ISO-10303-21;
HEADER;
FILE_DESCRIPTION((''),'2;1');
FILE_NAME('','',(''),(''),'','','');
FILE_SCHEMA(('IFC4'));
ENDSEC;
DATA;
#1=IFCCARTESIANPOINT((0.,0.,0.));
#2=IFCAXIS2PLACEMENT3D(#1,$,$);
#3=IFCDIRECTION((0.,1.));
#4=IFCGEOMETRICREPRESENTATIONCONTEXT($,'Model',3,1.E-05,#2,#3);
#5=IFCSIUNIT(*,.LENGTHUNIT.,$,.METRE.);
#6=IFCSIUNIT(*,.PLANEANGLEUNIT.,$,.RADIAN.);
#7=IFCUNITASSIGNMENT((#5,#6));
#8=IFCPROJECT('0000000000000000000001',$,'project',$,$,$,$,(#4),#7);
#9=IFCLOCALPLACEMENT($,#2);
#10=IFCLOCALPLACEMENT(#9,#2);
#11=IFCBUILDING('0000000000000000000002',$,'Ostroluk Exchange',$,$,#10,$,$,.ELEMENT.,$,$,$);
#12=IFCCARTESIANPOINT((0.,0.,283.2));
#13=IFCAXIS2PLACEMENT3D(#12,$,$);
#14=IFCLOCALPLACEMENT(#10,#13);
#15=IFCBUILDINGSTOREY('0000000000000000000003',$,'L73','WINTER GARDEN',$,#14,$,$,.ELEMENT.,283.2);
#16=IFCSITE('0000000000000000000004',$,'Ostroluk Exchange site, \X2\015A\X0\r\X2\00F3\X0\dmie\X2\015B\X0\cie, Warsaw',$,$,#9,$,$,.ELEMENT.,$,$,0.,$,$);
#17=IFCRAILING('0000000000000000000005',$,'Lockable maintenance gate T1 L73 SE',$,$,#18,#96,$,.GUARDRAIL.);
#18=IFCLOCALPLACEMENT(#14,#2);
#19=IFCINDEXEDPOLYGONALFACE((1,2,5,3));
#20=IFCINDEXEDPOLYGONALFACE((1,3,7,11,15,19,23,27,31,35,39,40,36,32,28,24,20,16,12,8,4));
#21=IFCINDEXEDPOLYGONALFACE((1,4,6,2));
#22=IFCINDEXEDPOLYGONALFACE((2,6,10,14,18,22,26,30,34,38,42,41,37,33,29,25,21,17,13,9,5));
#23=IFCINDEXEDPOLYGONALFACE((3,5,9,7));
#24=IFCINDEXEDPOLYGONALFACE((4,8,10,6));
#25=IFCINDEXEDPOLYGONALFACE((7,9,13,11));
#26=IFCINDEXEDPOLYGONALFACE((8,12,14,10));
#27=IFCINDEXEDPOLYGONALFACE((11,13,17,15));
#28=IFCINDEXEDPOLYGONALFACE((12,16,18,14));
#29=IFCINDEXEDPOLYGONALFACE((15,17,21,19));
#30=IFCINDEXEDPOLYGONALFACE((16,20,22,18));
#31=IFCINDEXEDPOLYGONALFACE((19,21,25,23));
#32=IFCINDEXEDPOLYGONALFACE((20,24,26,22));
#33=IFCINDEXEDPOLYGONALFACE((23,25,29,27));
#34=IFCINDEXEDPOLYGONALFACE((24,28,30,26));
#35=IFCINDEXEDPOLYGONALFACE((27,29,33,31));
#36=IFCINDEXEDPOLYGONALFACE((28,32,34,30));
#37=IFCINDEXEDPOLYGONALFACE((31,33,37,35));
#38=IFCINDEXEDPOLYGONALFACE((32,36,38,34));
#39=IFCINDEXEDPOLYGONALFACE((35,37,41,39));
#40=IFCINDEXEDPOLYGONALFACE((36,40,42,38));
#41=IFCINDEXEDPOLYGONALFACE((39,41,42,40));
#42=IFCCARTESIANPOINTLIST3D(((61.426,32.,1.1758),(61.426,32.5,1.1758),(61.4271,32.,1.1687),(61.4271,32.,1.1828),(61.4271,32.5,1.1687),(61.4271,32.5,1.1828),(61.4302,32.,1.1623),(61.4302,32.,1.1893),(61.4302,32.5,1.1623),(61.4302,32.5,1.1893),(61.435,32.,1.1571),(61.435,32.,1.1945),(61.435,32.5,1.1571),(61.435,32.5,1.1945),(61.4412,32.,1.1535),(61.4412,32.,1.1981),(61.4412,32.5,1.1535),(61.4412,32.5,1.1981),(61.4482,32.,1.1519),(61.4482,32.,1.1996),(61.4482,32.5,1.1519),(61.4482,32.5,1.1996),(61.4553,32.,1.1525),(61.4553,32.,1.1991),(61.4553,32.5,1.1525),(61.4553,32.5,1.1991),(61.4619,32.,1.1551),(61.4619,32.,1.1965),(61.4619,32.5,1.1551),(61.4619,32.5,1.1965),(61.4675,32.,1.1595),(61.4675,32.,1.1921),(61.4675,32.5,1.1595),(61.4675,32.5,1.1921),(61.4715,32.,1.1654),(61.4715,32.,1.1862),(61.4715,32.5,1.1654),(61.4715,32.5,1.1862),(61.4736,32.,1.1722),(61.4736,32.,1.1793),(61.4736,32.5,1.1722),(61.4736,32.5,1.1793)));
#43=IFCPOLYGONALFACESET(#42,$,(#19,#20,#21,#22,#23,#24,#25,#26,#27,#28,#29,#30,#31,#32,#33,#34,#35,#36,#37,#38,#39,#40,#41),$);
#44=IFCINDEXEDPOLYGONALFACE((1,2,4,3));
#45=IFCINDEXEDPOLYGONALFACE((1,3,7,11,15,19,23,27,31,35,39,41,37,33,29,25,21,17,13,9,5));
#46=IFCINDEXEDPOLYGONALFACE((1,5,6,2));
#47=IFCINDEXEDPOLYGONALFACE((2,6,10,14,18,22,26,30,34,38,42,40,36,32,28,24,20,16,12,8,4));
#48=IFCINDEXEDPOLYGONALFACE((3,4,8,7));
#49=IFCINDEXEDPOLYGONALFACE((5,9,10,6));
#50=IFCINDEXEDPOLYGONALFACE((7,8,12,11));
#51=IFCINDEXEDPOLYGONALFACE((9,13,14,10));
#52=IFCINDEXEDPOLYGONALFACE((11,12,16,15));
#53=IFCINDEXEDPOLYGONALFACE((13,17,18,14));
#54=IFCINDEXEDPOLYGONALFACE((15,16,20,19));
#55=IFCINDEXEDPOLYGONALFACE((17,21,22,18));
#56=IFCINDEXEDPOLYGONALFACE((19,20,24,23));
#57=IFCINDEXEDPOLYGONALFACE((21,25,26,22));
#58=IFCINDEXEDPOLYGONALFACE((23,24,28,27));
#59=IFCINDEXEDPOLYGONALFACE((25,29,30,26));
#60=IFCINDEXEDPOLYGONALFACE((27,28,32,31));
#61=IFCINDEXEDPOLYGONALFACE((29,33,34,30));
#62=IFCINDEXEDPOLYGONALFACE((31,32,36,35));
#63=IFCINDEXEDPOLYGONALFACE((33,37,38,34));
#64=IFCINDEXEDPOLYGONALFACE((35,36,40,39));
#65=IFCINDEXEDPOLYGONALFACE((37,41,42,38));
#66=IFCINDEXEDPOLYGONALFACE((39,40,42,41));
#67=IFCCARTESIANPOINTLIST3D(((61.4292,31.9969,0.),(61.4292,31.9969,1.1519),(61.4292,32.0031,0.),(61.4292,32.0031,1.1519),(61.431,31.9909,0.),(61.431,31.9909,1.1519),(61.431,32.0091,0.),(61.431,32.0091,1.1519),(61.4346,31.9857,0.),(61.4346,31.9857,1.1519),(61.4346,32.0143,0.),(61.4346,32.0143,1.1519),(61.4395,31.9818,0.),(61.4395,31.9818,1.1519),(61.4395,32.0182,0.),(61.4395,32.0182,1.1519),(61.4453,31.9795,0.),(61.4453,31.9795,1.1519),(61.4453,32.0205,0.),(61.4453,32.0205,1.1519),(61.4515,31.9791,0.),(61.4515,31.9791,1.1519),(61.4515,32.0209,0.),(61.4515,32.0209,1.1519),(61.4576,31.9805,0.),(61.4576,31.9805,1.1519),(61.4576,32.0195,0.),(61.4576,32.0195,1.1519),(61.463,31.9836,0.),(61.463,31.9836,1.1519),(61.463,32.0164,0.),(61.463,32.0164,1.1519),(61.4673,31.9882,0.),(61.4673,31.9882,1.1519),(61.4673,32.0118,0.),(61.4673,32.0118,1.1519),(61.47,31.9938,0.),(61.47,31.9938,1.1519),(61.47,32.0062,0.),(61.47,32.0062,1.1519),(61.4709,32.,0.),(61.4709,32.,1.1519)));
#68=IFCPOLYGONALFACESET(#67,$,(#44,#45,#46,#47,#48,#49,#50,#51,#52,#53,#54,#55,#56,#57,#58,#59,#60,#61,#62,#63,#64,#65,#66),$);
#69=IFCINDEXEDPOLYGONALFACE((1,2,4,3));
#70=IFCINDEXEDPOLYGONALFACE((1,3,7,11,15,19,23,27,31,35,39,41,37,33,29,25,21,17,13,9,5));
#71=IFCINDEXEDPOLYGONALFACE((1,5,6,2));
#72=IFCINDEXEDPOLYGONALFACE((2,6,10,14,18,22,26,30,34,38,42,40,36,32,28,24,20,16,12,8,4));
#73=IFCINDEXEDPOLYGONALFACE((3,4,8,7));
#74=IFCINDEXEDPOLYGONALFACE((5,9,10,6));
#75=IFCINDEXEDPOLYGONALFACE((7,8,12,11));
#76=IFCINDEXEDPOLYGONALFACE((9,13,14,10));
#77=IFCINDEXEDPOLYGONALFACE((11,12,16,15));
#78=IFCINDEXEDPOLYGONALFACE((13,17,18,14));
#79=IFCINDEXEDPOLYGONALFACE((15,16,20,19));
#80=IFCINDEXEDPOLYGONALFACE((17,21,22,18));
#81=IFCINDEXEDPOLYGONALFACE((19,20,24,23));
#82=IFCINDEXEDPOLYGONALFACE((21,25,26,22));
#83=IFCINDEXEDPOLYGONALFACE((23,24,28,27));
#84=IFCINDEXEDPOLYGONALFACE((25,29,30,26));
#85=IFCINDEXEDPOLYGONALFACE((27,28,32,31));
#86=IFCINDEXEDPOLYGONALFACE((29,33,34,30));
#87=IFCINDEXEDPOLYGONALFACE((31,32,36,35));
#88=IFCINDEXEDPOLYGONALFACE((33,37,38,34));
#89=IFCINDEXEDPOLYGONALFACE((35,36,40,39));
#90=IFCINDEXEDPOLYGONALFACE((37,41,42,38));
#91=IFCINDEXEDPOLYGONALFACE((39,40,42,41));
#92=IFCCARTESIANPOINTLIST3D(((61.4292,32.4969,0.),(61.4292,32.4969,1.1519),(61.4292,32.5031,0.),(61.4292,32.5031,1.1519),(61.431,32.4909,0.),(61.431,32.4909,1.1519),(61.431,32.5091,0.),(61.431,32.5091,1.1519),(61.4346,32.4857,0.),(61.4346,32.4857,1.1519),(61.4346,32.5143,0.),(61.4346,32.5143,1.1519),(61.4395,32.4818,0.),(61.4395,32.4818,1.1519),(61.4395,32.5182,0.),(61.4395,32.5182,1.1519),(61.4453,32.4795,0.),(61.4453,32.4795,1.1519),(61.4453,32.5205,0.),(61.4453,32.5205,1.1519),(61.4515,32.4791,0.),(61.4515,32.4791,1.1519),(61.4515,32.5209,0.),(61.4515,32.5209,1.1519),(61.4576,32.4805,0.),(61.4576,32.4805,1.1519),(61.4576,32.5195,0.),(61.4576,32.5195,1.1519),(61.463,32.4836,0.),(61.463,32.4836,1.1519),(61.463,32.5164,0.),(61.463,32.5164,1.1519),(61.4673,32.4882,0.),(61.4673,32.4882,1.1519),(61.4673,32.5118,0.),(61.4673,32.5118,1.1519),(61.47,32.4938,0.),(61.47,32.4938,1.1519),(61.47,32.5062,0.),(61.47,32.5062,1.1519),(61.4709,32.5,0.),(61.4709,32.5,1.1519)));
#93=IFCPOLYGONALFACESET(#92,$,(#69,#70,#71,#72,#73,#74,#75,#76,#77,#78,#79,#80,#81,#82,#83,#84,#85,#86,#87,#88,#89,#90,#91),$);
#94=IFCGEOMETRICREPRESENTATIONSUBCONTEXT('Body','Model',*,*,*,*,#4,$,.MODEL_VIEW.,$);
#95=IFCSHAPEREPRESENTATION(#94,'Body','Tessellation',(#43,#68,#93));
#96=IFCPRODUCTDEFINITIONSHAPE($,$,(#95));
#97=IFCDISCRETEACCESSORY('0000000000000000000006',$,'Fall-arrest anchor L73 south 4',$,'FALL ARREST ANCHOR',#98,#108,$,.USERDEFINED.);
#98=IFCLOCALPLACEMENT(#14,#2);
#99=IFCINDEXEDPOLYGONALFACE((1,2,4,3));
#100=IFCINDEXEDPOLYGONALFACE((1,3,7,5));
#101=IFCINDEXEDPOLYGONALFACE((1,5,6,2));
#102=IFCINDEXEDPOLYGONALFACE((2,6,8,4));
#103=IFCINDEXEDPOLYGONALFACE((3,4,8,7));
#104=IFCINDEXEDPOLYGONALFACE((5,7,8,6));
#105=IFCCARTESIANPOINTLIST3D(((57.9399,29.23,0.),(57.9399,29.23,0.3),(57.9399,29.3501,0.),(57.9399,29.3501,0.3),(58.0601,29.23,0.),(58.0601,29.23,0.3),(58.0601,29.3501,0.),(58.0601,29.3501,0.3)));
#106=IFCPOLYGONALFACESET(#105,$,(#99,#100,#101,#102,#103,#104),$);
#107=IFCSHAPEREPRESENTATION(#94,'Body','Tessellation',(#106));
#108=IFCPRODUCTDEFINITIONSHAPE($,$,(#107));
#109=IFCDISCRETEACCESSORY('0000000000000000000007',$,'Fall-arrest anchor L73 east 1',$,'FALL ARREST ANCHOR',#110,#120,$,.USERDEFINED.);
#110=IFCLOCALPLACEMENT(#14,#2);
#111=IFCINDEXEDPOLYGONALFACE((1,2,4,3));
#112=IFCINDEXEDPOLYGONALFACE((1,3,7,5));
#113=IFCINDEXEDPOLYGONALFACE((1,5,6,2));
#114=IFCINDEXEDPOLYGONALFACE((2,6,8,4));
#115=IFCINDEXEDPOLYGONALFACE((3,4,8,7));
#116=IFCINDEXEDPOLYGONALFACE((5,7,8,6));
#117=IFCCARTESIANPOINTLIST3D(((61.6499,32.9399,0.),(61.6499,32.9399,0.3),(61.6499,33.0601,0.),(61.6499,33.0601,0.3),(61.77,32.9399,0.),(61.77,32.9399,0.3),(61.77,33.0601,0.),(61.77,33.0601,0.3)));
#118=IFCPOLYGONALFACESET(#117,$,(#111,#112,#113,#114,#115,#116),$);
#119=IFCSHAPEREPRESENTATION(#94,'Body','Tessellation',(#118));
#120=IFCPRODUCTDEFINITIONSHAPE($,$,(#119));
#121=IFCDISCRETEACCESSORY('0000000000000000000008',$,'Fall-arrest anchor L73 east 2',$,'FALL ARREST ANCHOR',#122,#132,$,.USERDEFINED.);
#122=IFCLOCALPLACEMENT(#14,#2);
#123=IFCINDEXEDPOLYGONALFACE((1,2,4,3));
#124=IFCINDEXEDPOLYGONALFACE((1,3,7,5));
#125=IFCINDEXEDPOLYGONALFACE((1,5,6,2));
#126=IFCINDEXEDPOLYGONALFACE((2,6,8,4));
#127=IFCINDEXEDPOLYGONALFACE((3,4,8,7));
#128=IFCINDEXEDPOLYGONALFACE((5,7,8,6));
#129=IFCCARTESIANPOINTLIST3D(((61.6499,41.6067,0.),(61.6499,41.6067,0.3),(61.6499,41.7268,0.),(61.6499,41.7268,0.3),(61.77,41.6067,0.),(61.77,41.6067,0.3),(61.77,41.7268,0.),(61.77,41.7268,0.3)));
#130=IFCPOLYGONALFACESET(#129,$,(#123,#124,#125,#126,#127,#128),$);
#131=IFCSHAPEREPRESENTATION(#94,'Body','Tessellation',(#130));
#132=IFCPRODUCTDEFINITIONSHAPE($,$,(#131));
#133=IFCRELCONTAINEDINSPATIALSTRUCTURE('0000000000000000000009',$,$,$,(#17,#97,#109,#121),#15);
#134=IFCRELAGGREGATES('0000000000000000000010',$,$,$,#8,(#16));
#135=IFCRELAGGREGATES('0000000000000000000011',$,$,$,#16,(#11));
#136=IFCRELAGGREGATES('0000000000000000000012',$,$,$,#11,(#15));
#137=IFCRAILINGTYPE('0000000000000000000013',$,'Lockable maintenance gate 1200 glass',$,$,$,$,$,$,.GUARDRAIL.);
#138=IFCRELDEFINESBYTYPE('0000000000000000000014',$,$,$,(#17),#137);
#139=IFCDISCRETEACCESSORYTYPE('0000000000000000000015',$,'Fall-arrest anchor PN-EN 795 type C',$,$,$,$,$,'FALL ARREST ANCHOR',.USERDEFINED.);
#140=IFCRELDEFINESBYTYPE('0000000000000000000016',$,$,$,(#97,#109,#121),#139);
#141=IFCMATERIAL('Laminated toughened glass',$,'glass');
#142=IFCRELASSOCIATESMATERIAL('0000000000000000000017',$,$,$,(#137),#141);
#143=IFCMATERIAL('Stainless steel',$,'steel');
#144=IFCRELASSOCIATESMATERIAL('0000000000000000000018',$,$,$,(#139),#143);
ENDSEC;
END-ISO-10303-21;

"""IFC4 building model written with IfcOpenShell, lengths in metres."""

from ifc_helpers import new_model, si_unit, direction, frame, origin, origin_2d, place, context, subcontext, project, spatial, rectangle, circle, extrude, material, type_object, element, save


model = new_model("IFC4")

# Units and contexts
model_context = context("Model", 3, precision=1e-05, world=origin(), true_north=direction((0.0, 1.0)))
body_context = subcontext(model_context, "Body", "Model", "MODEL_VIEW")
ifc_project = project(units=[si_unit("LENGTHUNIT", "METRE"), si_unit("PLANEANGLEUNIT", "RADIAN")], contexts=[model_context])

# Site, building, storey
site_placement = place(None, origin())
site = spatial("IfcSite", under=ifc_project, at=site_placement, Name="Ostroluk Exchange site, Śródmieście, Warsaw", CompositionType="ELEMENT", RefElevation=0.0)
building_placement = place(site_placement, origin())
building = spatial("IfcBuilding", under=site, at=building_placement, Name="Ostroluk Exchange", CompositionType="ELEMENT")
storey_placement = place(building_placement, frame((0.0, 0.0, 283.2)))
storey = spatial("IfcBuildingStorey", under=building, at=storey_placement, Name="L73", Description="WINTER GARDEN", CompositionType="ELEMENT", Elevation=283.2)

# Railing
ifc_material_1 = material(Name="Laminated toughened glass", Category="glass")
railing_type_1 = type_object("IfcRailingType", Name="Lockable maintenance gate 1200 glass", PredefinedType="GUARDRAIL", material=ifc_material_1)
railing_1_placement = place(storey_placement, frame((61.45, 32.0, 0.0)))
element("IfcRailing", 1, at=railing_1_placement, inside=storey, type_object=railing_type_1, Name="Lockable maintenance gate T1 L73 SE", PredefinedType="GUARDRAIL", context=body_context, shape_type="SweptSolid", body=[
    extrude(circle(Radius=0.0239, at=origin_2d()), frame((0.0, 0.0, 1.1758), z_axis=(0.0, 1.0, 0.0), x_axis=(-1.0, 0.0, 0.0)), (0.0, 0.0, 1.0), 0.5),
    extrude(circle(Radius=0.021, at=origin_2d()), origin(), (0.0, 0.0, 1.0), 1.1519),
    extrude(circle(Radius=0.021, at=origin_2d()), frame((0.0, 0.5, 0.0)), (0.0, 0.0, 1.0), 1.1519),
])

# Discrete accessories
ifc_material_2 = material(Name="Stainless steel", Category="steel")
discrete_accessory_type = type_object("IfcDiscreteAccessoryType", Name="Fall-arrest anchor PN-EN 795 type C", ElementType="FALL ARREST ANCHOR", PredefinedType="USERDEFINED", material=ifc_material_2)
for number, where, z_axis, x_axis, name in (
    (2, (58.0, 29.29, 0.0), (0.0, 0.0, 1.0), (1.0, 0.0, 0.0), "Fall-arrest anchor L73 south 4"),
    (3, (61.71, 33.0, 0.0), (0.0, 0.0, 1.0), (1.0, 0.0, 0.0), "Fall-arrest anchor L73 east 1"),
    (4, (61.71, 41.6667, 0.0), (0.0, 0.0, 1.0), (1.0, 0.0, 0.0), "Fall-arrest anchor L73 east 2"),
):
    element("IfcDiscreteAccessory", number, at=place(storey_placement, frame(where, z_axis=z_axis, x_axis=x_axis)), inside=storey, type_object=discrete_accessory_type, Name=name, ObjectType="FALL ARREST ANCHOR", PredefinedType="USERDEFINED", context=body_context, shape_type="SweptSolid", body=[
        extrude(rectangle(XDim=0.1201, YDim=0.1201, at=origin_2d()), origin(), (0.0, 0.0, 1.0), 0.3),
    ])

save(model, "model.ifc")
